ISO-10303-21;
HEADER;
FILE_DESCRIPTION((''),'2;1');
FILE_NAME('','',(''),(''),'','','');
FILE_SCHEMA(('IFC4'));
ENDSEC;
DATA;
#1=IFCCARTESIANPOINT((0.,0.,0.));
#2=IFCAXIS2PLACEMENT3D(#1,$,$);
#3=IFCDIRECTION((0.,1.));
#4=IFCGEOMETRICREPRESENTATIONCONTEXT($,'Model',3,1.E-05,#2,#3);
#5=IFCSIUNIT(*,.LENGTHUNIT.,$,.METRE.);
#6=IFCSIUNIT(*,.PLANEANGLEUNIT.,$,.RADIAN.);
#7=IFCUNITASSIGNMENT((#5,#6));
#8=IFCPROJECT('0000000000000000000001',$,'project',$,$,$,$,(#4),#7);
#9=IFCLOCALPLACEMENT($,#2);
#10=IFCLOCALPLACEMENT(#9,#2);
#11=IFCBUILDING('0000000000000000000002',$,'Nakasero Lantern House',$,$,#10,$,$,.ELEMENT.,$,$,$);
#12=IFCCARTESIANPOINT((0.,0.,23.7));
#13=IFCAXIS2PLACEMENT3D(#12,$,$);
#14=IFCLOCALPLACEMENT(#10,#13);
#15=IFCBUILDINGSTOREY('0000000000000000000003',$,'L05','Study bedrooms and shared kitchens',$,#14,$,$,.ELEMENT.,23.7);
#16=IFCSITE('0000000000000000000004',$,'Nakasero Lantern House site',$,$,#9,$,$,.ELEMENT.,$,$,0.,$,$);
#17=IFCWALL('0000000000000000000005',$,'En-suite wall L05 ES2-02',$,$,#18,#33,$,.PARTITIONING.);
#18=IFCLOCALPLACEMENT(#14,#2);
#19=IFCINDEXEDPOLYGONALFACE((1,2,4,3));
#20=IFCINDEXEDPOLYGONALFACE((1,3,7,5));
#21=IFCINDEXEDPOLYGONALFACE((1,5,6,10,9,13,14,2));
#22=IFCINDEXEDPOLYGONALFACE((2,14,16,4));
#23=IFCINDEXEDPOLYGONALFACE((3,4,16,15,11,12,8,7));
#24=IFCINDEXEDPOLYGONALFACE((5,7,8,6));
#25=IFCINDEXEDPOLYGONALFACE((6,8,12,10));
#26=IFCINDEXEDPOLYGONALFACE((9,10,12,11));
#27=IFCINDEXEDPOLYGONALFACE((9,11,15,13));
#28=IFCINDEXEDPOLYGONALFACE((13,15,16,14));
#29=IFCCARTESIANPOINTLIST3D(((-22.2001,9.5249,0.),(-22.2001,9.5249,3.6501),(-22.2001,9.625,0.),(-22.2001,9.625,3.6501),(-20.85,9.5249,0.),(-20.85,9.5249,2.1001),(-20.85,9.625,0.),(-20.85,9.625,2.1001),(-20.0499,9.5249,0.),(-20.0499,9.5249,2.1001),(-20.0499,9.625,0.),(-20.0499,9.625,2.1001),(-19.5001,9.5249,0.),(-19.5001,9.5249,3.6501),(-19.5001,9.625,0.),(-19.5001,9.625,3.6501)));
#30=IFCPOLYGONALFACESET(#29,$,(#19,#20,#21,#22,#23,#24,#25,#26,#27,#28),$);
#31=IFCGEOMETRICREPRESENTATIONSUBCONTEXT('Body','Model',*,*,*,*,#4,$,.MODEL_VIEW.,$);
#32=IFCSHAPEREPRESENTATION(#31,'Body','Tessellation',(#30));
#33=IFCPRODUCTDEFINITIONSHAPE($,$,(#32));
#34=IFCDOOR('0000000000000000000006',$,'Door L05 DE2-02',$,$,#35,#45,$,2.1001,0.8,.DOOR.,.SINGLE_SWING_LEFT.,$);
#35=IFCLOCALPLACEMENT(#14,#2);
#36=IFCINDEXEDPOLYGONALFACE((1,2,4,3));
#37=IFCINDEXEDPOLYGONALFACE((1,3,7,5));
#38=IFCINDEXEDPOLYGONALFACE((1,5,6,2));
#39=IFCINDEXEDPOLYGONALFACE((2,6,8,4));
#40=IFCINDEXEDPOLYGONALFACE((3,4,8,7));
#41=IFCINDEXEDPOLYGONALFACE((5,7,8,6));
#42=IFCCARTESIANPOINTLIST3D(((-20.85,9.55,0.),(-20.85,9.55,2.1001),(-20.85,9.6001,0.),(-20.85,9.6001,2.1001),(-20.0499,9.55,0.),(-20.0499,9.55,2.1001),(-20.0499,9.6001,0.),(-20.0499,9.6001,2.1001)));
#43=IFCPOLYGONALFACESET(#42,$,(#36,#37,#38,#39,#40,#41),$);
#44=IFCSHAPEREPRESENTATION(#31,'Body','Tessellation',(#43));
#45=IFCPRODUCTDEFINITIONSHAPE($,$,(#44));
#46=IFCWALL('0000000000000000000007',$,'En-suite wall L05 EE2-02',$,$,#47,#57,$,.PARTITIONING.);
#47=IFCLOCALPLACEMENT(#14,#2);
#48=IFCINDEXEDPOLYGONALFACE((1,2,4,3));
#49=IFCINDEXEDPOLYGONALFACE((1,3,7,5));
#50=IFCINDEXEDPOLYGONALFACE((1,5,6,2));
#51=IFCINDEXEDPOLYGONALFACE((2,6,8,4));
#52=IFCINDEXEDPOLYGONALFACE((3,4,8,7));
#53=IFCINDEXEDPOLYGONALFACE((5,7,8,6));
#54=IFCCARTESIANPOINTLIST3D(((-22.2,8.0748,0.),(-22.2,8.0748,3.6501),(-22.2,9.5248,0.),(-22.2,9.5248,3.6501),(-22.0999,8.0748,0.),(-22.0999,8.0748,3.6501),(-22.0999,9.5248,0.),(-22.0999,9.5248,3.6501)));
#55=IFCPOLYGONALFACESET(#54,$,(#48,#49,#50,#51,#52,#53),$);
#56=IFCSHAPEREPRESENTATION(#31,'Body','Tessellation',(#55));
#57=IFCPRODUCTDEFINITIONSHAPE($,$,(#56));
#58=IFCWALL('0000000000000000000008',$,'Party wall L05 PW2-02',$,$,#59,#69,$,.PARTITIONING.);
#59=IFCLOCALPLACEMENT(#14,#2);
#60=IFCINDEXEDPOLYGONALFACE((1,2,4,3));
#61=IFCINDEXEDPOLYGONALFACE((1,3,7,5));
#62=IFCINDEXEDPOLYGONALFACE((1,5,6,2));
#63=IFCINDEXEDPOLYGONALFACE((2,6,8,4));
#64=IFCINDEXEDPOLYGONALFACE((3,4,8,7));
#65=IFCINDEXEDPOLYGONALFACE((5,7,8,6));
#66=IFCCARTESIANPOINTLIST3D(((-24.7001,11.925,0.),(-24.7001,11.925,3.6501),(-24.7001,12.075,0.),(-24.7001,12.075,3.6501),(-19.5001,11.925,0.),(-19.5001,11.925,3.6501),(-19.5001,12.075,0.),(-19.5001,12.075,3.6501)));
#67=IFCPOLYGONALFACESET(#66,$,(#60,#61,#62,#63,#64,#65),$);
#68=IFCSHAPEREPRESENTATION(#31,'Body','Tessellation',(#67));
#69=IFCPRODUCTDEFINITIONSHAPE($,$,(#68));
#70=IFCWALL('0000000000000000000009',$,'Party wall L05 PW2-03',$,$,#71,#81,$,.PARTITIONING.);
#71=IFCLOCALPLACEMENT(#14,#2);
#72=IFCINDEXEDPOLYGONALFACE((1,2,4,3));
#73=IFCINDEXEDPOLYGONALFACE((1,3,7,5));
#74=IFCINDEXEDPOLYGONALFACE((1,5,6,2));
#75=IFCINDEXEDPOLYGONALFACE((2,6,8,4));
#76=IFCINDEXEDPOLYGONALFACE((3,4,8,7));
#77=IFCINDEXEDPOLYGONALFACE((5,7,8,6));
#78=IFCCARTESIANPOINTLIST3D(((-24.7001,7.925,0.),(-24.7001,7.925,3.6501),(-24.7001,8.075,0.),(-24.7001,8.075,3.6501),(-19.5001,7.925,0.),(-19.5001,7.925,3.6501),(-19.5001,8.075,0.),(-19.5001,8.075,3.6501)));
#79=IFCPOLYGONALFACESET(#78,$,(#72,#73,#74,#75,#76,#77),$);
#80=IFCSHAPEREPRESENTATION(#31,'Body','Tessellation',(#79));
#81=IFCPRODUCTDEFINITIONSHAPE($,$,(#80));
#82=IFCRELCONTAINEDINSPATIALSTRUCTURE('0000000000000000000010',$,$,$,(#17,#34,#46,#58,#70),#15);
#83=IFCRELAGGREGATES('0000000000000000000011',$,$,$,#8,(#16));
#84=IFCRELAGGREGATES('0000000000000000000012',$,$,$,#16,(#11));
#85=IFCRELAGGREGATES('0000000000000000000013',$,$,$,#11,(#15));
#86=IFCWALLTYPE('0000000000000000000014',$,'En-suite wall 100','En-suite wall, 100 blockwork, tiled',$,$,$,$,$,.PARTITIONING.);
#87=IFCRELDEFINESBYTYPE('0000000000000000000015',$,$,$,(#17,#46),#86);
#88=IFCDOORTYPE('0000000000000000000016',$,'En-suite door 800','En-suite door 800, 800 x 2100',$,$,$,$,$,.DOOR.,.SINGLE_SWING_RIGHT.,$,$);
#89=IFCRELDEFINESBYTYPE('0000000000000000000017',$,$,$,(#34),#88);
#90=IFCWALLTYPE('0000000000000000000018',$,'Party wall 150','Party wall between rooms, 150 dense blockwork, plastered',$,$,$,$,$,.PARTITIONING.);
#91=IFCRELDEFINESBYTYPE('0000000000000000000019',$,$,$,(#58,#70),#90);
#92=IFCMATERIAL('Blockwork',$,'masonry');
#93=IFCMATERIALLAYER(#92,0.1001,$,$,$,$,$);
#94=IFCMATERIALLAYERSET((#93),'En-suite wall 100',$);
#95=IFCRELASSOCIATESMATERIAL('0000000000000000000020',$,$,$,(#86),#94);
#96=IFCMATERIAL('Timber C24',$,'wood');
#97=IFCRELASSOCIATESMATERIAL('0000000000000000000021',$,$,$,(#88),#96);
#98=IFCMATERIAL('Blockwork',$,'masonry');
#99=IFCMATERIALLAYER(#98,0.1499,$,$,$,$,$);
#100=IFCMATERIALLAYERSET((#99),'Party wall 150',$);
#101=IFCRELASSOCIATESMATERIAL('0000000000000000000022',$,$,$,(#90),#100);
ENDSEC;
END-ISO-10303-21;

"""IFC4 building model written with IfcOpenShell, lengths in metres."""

from ifc_helpers import new_model, si_unit, direction, frame, frame_2d, origin, place, context, subcontext, project, spatial, rectangle, extrude, material, layer, layer_set, type_object, element, fill, save


model = new_model("IFC4")

# Units and contexts
model_context = context("Model", 3, precision=1e-05, world=origin(), true_north=direction((0.0, 1.0)))
body_context = subcontext(model_context, "Body", "Model", "MODEL_VIEW")
ifc_project = project(units=[si_unit("LENGTHUNIT", "METRE"), si_unit("PLANEANGLEUNIT", "RADIAN")], contexts=[model_context])

# Site, building, storey
site_placement = place(None, origin())
site = spatial("IfcSite", under=ifc_project, at=site_placement, Name="Nakasero Lantern House site", CompositionType="ELEMENT", RefElevation=0.0)
building_placement = place(site_placement, origin())
building = spatial("IfcBuilding", under=site, at=building_placement, Name="Nakasero Lantern House", CompositionType="ELEMENT")
storey_placement = place(building_placement, frame((0.0, 0.0, 23.7)))
storey = spatial("IfcBuildingStorey", under=building, at=storey_placement, Name="L05", Description="Study bedrooms and shared kitchens", CompositionType="ELEMENT", Elevation=23.7)

# Shared definitions
ifc_material_1 = material(Name="Blockwork", Category="masonry")
ifc_layer_1 = layer(ifc_material_1, 0.1001)
ifc_layer_set_1 = layer_set([ifc_layer_1], Name="En-suite wall 100")
wall_type_1 = type_object("IfcWallType", Name="En-suite wall 100", Description="En-suite wall, 100 blockwork, tiled", PredefinedType="PARTITIONING", material=ifc_layer_set_1)

# Shared definitions
ifc_material_2 = material(Name="Timber C24", Category="wood")
door_type_1 = type_object("IfcDoorType", Name="En-suite door 800", Description="En-suite door 800, 800 x 2100", OperationType="SINGLE_SWING_RIGHT", PredefinedType="DOOR", material=ifc_material_2)

# Wall, opening, door
wall_1_placement = place(storey_placement, frame((-19.5, 9.575, 0.0), z_axis=(0.0, 0.0, 1.0), x_axis=(-1.0, 0.0, 0.0)))
wall_1 = element("IfcWall", 1, at=wall_1_placement, inside=storey, type_object=wall_type_1, Name="En-suite wall L05 ES2-02", PredefinedType="PARTITIONING", context=body_context, shape_type="SweptSolid", body=[
    extrude(rectangle(XDim=2.7, YDim=0.1001, at=frame_2d((1.3501, 0.0))), origin(), (0.0, 0.0, 1.0), 3.6501),
])
opening_1_placement = place(wall_1_placement, frame((0.55, 0.0, 0.0)))
opening_1 = element("IfcOpeningElement", 2, at=opening_1_placement, cuts=wall_1, PredefinedType="OPENING", context=body_context, shape_type="SweptSolid", body=[
    extrude(rectangle(XDim=0.8, YDim=2.1001, at=frame_2d((0.3999, 1.05))), frame((0.0, 0.0701, 0.0), z_axis=(0.0, -1.0, 0.0), x_axis=(1.0, 0.0, 0.0)), (0.0, 0.0, 1.0), 0.1401),
])
door_1_placement = place(opening_1_placement, origin())
door_1 = element("IfcDoor", 3, at=door_1_placement, inside=storey, type_object=door_type_1, Name="Door L05 DE2-02", OperationType="SINGLE_SWING_LEFT", OverallHeight=2.1001, OverallWidth=0.8, PredefinedType="DOOR", context=body_context, shape_type="SweptSolid", body=[
    extrude(rectangle(XDim=0.8, YDim=2.1001, at=frame_2d((0.3999, 1.05))), frame((0.0, 0.0249, 0.0), z_axis=(0.0, -1.0, 0.0), x_axis=(1.0, 0.0, 0.0)), (0.0, 0.0, 1.0), 0.05),
])
fill(opening_1, door_1)

# Walls
wall_2_placement = place(storey_placement, frame((-22.1499, 9.5249, 0.0), z_axis=(0.0, 0.0, 1.0), x_axis=(0.0, -1.0, 0.0)))
element("IfcWall", 4, at=wall_2_placement, inside=storey, type_object=wall_type_1, Name="En-suite wall L05 EE2-02", PredefinedType="PARTITIONING", context=body_context, shape_type="SweptSolid", body=[
    extrude(rectangle(XDim=1.45, YDim=0.1001, at=frame_2d((0.7251, 0.0))), origin(), (0.0, 0.0, 1.0), 3.6501),
])
ifc_material_3 = material(Name="Blockwork", Category="masonry")
ifc_layer_2 = layer(ifc_material_3, 0.1499)
ifc_layer_set_2 = layer_set([ifc_layer_2], Name="Party wall 150")
wall_type_2 = type_object("IfcWallType", Name="Party wall 150", Description="Party wall between rooms, 150 dense blockwork, plastered", PredefinedType="PARTITIONING", material=ifc_layer_set_2)
for number, where, z_axis, x_axis, name in (
    (5, (-19.5, 12.0, 0.0), (0.0, 0.0, 1.0), (-1.0, 0.0, 0.0), "Party wall L05 PW2-02"),
    (6, (-19.5, 8.0, 0.0), (0.0, 0.0, 1.0), (-1.0, 0.0, 0.0), "Party wall L05 PW2-03"),
):
    element("IfcWall", number, at=place(storey_placement, frame(where, z_axis=z_axis, x_axis=x_axis)), inside=storey, type_object=wall_type_2, Name=name, PredefinedType="PARTITIONING", context=body_context, shape_type="SweptSolid", body=[
        extrude(rectangle(XDim=5.2, YDim=0.1499, at=frame_2d((2.6001, 0.0))), origin(), (0.0, 0.0, 1.0), 3.6501),
    ])

save(model, "model.ifc")
